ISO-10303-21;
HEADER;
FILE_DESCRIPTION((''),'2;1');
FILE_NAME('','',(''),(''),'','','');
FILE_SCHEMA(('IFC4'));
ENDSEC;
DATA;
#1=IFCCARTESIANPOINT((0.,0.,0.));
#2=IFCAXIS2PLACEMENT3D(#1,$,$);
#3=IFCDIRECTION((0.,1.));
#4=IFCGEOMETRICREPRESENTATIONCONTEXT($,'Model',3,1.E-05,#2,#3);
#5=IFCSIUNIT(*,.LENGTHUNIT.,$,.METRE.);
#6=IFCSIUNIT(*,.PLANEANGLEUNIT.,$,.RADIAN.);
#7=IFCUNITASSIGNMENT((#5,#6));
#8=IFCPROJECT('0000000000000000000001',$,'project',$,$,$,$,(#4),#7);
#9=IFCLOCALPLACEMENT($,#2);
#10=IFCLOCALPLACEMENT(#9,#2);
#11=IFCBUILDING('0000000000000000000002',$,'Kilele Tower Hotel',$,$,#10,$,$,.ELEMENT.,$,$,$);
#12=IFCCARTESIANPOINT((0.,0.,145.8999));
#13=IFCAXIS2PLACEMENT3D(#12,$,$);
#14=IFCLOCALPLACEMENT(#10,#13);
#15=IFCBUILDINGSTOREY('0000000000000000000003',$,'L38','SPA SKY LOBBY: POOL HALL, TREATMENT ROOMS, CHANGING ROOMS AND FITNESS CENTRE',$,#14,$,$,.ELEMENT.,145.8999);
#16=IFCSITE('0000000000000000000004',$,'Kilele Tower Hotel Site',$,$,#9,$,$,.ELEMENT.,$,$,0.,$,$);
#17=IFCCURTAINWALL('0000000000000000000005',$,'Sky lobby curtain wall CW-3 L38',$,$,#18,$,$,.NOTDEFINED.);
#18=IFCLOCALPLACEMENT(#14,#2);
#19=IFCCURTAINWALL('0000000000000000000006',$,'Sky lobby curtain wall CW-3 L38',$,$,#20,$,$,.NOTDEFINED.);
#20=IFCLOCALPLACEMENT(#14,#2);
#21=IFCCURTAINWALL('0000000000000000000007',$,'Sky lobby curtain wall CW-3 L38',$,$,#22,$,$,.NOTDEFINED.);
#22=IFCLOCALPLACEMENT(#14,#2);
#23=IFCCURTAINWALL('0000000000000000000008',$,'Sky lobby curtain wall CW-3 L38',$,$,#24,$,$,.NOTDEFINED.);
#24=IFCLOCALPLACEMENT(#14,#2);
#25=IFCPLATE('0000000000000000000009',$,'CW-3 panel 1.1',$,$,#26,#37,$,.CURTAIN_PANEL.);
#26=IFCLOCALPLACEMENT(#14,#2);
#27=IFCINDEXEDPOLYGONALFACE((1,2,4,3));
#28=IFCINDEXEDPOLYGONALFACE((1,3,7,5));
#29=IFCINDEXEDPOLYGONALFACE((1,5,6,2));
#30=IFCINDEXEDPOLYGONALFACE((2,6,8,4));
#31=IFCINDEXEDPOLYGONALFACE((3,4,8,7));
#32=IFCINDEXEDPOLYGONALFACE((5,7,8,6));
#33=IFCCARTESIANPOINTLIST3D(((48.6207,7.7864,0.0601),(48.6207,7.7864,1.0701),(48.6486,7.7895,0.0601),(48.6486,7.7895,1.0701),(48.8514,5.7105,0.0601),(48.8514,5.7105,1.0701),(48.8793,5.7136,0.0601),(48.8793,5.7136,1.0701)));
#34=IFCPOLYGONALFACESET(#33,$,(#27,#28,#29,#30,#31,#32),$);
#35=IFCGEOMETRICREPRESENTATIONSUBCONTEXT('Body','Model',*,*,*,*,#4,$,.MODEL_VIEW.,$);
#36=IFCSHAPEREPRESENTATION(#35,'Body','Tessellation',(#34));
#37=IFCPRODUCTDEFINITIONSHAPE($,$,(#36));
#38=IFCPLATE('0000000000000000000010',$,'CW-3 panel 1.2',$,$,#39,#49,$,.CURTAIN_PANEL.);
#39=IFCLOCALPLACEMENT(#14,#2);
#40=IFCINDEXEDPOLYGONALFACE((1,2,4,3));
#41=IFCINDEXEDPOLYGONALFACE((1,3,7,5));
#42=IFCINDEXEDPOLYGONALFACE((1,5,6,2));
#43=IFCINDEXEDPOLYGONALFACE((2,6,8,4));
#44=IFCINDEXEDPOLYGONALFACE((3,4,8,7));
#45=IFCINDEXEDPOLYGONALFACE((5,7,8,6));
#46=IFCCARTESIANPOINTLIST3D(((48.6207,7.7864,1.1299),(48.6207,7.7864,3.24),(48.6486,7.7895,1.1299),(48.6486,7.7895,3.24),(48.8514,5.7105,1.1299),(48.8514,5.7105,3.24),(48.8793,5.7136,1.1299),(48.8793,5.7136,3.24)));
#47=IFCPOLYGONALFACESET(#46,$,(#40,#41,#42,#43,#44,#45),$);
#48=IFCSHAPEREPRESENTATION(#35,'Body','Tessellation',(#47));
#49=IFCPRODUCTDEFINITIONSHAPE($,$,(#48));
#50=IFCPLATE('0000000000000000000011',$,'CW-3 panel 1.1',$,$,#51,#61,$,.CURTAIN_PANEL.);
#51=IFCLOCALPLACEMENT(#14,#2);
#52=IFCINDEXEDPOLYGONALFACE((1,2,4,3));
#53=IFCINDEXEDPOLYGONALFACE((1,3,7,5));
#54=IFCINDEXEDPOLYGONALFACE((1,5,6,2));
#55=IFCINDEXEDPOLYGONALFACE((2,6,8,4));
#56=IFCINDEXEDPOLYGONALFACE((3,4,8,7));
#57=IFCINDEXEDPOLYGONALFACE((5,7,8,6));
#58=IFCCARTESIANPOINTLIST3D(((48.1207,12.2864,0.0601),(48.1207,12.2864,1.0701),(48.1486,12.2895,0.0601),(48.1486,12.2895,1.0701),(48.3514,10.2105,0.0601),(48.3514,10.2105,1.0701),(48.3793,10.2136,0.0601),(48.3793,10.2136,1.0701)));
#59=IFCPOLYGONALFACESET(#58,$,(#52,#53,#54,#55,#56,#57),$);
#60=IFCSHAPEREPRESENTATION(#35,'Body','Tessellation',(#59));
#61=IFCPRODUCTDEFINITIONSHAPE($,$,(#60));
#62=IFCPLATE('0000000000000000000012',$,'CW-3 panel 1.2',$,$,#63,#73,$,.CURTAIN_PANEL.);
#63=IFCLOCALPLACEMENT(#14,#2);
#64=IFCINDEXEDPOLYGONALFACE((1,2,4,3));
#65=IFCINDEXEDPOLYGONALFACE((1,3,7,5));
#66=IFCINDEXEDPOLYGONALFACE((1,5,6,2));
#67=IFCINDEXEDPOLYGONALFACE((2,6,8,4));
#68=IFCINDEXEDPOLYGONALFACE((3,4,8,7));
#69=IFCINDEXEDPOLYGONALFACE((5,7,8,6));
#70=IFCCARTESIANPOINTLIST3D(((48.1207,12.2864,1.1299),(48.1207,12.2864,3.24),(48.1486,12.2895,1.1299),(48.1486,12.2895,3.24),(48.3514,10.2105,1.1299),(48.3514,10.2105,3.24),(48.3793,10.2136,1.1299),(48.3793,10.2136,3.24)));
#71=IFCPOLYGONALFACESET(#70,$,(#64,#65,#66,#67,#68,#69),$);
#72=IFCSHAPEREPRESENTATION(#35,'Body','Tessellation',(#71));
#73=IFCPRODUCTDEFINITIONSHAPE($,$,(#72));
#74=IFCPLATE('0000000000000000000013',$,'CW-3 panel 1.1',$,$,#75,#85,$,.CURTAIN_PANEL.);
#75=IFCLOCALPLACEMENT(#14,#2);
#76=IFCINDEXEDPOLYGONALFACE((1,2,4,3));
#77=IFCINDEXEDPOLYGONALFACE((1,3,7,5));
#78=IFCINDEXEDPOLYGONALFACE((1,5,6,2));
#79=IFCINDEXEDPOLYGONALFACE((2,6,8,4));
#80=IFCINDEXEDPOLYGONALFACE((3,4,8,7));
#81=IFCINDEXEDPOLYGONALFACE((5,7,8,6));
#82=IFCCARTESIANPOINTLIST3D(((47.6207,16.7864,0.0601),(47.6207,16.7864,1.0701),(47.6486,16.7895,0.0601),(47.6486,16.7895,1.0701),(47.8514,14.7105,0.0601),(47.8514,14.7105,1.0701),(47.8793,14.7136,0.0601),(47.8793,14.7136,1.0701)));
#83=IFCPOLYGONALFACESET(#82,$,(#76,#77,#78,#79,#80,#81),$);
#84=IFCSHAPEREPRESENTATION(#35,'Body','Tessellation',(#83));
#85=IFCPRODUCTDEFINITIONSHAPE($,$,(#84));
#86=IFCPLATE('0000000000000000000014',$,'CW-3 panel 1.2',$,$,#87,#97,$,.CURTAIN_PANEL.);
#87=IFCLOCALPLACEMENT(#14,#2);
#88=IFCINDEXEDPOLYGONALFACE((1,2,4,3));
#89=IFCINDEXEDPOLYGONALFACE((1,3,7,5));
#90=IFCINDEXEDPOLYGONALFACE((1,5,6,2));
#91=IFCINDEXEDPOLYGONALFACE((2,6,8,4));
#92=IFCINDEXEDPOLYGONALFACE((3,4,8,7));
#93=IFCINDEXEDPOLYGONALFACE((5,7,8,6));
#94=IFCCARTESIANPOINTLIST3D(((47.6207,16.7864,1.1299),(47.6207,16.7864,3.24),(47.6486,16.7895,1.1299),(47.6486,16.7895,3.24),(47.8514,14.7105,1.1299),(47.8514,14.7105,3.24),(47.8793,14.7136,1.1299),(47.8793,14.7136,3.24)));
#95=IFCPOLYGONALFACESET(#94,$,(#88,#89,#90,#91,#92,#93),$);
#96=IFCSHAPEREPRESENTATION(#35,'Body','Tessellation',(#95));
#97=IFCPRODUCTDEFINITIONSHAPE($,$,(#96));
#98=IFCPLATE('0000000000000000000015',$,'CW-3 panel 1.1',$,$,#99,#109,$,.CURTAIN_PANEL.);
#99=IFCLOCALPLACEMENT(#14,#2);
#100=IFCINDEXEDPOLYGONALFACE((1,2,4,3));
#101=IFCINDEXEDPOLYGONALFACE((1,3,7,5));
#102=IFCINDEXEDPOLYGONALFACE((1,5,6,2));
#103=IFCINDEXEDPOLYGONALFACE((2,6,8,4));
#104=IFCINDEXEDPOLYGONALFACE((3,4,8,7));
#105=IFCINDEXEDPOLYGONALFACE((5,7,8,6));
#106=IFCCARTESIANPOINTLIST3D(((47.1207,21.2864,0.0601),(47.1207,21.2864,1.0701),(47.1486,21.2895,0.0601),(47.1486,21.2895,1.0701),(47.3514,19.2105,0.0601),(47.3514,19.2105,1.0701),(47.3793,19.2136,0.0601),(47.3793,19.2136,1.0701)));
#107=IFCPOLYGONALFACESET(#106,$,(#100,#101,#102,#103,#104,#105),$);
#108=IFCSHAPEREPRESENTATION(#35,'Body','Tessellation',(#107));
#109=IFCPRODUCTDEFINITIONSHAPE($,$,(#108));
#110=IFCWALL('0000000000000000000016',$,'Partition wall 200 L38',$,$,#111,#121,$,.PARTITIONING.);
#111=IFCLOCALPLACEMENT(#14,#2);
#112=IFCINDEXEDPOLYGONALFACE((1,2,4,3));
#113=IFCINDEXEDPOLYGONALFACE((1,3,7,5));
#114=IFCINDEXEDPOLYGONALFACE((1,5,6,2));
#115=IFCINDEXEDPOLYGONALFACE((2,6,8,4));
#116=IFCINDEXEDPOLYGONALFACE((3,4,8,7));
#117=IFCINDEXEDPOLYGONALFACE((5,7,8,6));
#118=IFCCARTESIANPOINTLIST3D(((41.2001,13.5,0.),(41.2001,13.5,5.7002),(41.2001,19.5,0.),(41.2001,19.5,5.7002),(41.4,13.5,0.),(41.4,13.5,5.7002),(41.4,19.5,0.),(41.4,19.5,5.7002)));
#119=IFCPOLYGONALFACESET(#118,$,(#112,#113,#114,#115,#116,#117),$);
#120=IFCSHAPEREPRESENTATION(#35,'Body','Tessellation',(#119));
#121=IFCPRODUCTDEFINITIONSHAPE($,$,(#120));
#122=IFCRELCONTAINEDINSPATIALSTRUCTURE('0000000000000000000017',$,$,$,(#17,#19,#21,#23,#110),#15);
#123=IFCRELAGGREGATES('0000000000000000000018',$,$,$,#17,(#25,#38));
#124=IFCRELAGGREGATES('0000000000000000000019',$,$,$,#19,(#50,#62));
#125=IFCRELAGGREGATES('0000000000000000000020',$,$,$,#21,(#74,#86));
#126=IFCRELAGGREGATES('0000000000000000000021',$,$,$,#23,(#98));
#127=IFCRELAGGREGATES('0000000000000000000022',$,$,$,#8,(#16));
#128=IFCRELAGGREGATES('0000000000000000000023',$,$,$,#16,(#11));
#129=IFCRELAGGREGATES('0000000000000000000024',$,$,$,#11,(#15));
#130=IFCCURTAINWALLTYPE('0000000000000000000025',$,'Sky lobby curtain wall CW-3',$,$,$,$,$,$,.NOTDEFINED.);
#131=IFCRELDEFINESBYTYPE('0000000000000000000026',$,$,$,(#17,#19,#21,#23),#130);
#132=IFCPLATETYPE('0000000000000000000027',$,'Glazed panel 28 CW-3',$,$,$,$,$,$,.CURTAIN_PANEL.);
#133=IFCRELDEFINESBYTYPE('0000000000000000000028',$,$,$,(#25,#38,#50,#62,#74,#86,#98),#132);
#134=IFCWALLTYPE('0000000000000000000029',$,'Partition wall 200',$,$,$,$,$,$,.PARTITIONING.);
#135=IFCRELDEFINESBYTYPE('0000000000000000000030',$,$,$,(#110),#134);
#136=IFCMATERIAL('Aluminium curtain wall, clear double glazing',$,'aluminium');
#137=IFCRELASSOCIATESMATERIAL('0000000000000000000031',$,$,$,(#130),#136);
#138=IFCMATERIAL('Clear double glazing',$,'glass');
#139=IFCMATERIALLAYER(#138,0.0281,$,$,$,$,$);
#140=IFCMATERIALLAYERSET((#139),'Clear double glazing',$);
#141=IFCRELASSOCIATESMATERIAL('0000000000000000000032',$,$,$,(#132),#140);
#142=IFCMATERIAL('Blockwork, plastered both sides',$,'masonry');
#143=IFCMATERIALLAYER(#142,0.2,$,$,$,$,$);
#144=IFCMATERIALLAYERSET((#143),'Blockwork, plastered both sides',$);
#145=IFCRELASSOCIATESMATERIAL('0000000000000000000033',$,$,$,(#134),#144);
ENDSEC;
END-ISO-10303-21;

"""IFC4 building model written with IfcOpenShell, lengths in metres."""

from ifc_helpers import new_model, si_unit, direction, frame, frame_2d, origin, origin_2d, place, context, subcontext, project, spatial, rectangle, extrude, material, layer, layer_set, type_object, element, aggregate, save


model = new_model("IFC4")

# Units and contexts
model_context = context("Model", 3, precision=1e-05, world=origin(), true_north=direction((0.0, 1.0)))
body_context = subcontext(model_context, "Body", "Model", "MODEL_VIEW")
ifc_project = project(units=[si_unit("LENGTHUNIT", "METRE"), si_unit("PLANEANGLEUNIT", "RADIAN")], contexts=[model_context])

# Site, building, storey
site_placement = place(None, origin())
site = spatial("IfcSite", under=ifc_project, at=site_placement, Name="Kilele Tower Hotel Site", CompositionType="ELEMENT", RefElevation=0.0)
building_placement = place(site_placement, origin())
building = spatial("IfcBuilding", under=site, at=building_placement, Name="Kilele Tower Hotel", CompositionType="ELEMENT")
storey_placement = place(building_placement, frame((0.0, 0.0, 145.8999)))
storey = spatial("IfcBuildingStorey", under=building, at=storey_placement, Name="L38", Description="SPA SKY LOBBY: POOL HALL, TREATMENT ROOMS, CHANGING ROOMS AND FITNESS CENTRE", CompositionType="ELEMENT", Elevation=145.8999)

# Shared definitions
ifc_material_1 = material(Name="Aluminium curtain wall, clear double glazing", Category="aluminium")
curtain_wall_type = type_object("IfcCurtainWallType", Name="Sky lobby curtain wall CW-3", PredefinedType="NOTDEFINED", material=ifc_material_1)

# Curtain walls
curtain_wall_1_placement = place(storey_placement, origin())
curtain_wall_1 = element("IfcCurtainWall", 1, at=curtain_wall_1_placement, inside=storey, type_object=curtain_wall_type, Name="Sky lobby curtain wall CW-3 L38", PredefinedType="NOTDEFINED")
curtain_wall_2_placement = place(storey_placement, origin())
curtain_wall_2 = element("IfcCurtainWall", 2, at=curtain_wall_2_placement, inside=storey, type_object=curtain_wall_type, Name="Sky lobby curtain wall CW-3 L38", PredefinedType="NOTDEFINED")
curtain_wall_3_placement = place(storey_placement, origin())
curtain_wall_3 = element("IfcCurtainWall", 3, at=curtain_wall_3_placement, inside=storey, type_object=curtain_wall_type, Name="Sky lobby curtain wall CW-3 L38", PredefinedType="NOTDEFINED")

# Curtain wall
curtain_wall_4_placement = place(storey_placement, origin())
curtain_wall_4 = element("IfcCurtainWall", 4, at=curtain_wall_4_placement, inside=storey, type_object=curtain_wall_type, Name="Sky lobby curtain wall CW-3 L38", PredefinedType="NOTDEFINED")

# Plates
ifc_material_2 = material(Name="Clear double glazing", Category="glass")
ifc_layer_1 = layer(ifc_material_2, 0.0281)
ifc_layer_set_1 = layer_set([ifc_layer_1], Name="Clear double glazing")
plate_type = type_object("IfcPlateType", Name="Glazed panel 28 CW-3", PredefinedType="CURTAIN_PANEL", material=ifc_layer_set_1)
plate_1_placement = place(storey_placement, frame((48.75, 6.75, 0.0601), z_axis=(0.0, 0.0, 1.0), x_axis=(-0.110432, 0.993884, 0.0)))
plate_1 = element("IfcPlate", 5, at=plate_1_placement, type_object=plate_type, Name="CW-3 panel 1.1", PredefinedType="CURTAIN_PANEL", context=body_context, shape_type="SweptSolid", body=[
    extrude(rectangle(XDim=2.0886, YDim=0.0281, at=origin_2d()), origin(), (0.0, 0.0, 1.0), 1.01),
])
plate_2_placement = place(storey_placement, frame((48.75, 6.75, 1.1299), z_axis=(0.0, 0.0, 1.0), x_axis=(-0.110432, 0.993884, 0.0)))
plate_2 = element("IfcPlate", 6, at=plate_2_placement, type_object=plate_type, Name="CW-3 panel 1.2", PredefinedType="CURTAIN_PANEL", context=body_context, shape_type="SweptSolid", body=[
    extrude(rectangle(XDim=2.0886, YDim=0.0281, at=origin_2d()), origin(), (0.0, 0.0, 1.0), 2.1101),
])
aggregate(curtain_wall_1, [plate_1, plate_2])
plate_3_placement = place(storey_placement, frame((48.25, 11.25, 0.0601), z_axis=(0.0, 0.0, 1.0), x_axis=(-0.110432, 0.993884, 0.0)))
plate_3 = element("IfcPlate", 7, at=plate_3_placement, type_object=plate_type, Name="CW-3 panel 1.1", PredefinedType="CURTAIN_PANEL", context=body_context, shape_type="SweptSolid", body=[
    extrude(rectangle(XDim=2.0886, YDim=0.0281, at=origin_2d()), origin(), (0.0, 0.0, 1.0), 1.01),
])
plate_4_placement = place(storey_placement, frame((48.25, 11.25, 1.1299), z_axis=(0.0, 0.0, 1.0), x_axis=(-0.110432, 0.993884, 0.0)))
plate_4 = element("IfcPlate", 8, at=plate_4_placement, type_object=plate_type, Name="CW-3 panel 1.2", PredefinedType="CURTAIN_PANEL", context=body_context, shape_type="SweptSolid", body=[
    extrude(rectangle(XDim=2.0886, YDim=0.0281, at=origin_2d()), origin(), (0.0, 0.0, 1.0), 2.1101),
])
aggregate(curtain_wall_2, [plate_3, plate_4])
plate_5_placement = place(storey_placement, frame((47.75, 15.75, 0.0601), z_axis=(0.0, 0.0, 1.0), x_axis=(-0.110432, 0.993884, 0.0)))
plate_5 = element("IfcPlate", 9, at=plate_5_placement, type_object=plate_type, Name="CW-3 panel 1.1", PredefinedType="CURTAIN_PANEL", context=body_context, shape_type="SweptSolid", body=[
    extrude(rectangle(XDim=2.0886, YDim=0.0281, at=origin_2d()), origin(), (0.0, 0.0, 1.0), 1.01),
])
plate_6_placement = place(storey_placement, frame((47.75, 15.75, 1.1299), z_axis=(0.0, 0.0, 1.0), x_axis=(-0.110432, 0.993884, 0.0)))
plate_6 = element("IfcPlate", 10, at=plate_6_placement, type_object=plate_type, Name="CW-3 panel 1.2", PredefinedType="CURTAIN_PANEL", context=body_context, shape_type="SweptSolid", body=[
    extrude(rectangle(XDim=2.0886, YDim=0.0281, at=origin_2d()), origin(), (0.0, 0.0, 1.0), 2.1101),
])
aggregate(curtain_wall_3, [plate_5, plate_6])
plate_7_placement = place(storey_placement, frame((47.25, 20.25, 0.0601), z_axis=(0.0, 0.0, 1.0), x_axis=(-0.110432, 0.993884, 0.0)))
plate_7 = element("IfcPlate", 11, at=plate_7_placement, type_object=plate_type, Name="CW-3 panel 1.1", PredefinedType="CURTAIN_PANEL", context=body_context, shape_type="SweptSolid", body=[
    extrude(rectangle(XDim=2.0886, YDim=0.0281, at=origin_2d()), origin(), (0.0, 0.0, 1.0), 1.01),
])
aggregate(curtain_wall_4, [plate_7])

# Wall
ifc_material_3 = material(Name="Blockwork, plastered both sides", Category="masonry")
ifc_layer_2 = layer(ifc_material_3, 0.2)
ifc_layer_set_2 = layer_set([ifc_layer_2], Name="Blockwork, plastered both sides")
wall_type = type_object("IfcWallType", Name="Partition wall 200", PredefinedType="PARTITIONING", material=ifc_layer_set_2)
wall_placement = place(storey_placement, frame((41.3, 13.5, 0.0), z_axis=(0.0, 0.0, 1.0), x_axis=(0.0, 1.0, 0.0)))
element("IfcWall", 12, at=wall_placement, inside=storey, type_object=wall_type, Name="Partition wall 200 L38", PredefinedType="PARTITIONING", context=body_context, shape_type="SweptSolid", body=[
    extrude(rectangle(XDim=6.0, YDim=0.2, at=frame_2d((3.0, 0.0))), origin(), (0.0, 0.0, 1.0), 5.7002),
])

save(model, "model.ifc")
